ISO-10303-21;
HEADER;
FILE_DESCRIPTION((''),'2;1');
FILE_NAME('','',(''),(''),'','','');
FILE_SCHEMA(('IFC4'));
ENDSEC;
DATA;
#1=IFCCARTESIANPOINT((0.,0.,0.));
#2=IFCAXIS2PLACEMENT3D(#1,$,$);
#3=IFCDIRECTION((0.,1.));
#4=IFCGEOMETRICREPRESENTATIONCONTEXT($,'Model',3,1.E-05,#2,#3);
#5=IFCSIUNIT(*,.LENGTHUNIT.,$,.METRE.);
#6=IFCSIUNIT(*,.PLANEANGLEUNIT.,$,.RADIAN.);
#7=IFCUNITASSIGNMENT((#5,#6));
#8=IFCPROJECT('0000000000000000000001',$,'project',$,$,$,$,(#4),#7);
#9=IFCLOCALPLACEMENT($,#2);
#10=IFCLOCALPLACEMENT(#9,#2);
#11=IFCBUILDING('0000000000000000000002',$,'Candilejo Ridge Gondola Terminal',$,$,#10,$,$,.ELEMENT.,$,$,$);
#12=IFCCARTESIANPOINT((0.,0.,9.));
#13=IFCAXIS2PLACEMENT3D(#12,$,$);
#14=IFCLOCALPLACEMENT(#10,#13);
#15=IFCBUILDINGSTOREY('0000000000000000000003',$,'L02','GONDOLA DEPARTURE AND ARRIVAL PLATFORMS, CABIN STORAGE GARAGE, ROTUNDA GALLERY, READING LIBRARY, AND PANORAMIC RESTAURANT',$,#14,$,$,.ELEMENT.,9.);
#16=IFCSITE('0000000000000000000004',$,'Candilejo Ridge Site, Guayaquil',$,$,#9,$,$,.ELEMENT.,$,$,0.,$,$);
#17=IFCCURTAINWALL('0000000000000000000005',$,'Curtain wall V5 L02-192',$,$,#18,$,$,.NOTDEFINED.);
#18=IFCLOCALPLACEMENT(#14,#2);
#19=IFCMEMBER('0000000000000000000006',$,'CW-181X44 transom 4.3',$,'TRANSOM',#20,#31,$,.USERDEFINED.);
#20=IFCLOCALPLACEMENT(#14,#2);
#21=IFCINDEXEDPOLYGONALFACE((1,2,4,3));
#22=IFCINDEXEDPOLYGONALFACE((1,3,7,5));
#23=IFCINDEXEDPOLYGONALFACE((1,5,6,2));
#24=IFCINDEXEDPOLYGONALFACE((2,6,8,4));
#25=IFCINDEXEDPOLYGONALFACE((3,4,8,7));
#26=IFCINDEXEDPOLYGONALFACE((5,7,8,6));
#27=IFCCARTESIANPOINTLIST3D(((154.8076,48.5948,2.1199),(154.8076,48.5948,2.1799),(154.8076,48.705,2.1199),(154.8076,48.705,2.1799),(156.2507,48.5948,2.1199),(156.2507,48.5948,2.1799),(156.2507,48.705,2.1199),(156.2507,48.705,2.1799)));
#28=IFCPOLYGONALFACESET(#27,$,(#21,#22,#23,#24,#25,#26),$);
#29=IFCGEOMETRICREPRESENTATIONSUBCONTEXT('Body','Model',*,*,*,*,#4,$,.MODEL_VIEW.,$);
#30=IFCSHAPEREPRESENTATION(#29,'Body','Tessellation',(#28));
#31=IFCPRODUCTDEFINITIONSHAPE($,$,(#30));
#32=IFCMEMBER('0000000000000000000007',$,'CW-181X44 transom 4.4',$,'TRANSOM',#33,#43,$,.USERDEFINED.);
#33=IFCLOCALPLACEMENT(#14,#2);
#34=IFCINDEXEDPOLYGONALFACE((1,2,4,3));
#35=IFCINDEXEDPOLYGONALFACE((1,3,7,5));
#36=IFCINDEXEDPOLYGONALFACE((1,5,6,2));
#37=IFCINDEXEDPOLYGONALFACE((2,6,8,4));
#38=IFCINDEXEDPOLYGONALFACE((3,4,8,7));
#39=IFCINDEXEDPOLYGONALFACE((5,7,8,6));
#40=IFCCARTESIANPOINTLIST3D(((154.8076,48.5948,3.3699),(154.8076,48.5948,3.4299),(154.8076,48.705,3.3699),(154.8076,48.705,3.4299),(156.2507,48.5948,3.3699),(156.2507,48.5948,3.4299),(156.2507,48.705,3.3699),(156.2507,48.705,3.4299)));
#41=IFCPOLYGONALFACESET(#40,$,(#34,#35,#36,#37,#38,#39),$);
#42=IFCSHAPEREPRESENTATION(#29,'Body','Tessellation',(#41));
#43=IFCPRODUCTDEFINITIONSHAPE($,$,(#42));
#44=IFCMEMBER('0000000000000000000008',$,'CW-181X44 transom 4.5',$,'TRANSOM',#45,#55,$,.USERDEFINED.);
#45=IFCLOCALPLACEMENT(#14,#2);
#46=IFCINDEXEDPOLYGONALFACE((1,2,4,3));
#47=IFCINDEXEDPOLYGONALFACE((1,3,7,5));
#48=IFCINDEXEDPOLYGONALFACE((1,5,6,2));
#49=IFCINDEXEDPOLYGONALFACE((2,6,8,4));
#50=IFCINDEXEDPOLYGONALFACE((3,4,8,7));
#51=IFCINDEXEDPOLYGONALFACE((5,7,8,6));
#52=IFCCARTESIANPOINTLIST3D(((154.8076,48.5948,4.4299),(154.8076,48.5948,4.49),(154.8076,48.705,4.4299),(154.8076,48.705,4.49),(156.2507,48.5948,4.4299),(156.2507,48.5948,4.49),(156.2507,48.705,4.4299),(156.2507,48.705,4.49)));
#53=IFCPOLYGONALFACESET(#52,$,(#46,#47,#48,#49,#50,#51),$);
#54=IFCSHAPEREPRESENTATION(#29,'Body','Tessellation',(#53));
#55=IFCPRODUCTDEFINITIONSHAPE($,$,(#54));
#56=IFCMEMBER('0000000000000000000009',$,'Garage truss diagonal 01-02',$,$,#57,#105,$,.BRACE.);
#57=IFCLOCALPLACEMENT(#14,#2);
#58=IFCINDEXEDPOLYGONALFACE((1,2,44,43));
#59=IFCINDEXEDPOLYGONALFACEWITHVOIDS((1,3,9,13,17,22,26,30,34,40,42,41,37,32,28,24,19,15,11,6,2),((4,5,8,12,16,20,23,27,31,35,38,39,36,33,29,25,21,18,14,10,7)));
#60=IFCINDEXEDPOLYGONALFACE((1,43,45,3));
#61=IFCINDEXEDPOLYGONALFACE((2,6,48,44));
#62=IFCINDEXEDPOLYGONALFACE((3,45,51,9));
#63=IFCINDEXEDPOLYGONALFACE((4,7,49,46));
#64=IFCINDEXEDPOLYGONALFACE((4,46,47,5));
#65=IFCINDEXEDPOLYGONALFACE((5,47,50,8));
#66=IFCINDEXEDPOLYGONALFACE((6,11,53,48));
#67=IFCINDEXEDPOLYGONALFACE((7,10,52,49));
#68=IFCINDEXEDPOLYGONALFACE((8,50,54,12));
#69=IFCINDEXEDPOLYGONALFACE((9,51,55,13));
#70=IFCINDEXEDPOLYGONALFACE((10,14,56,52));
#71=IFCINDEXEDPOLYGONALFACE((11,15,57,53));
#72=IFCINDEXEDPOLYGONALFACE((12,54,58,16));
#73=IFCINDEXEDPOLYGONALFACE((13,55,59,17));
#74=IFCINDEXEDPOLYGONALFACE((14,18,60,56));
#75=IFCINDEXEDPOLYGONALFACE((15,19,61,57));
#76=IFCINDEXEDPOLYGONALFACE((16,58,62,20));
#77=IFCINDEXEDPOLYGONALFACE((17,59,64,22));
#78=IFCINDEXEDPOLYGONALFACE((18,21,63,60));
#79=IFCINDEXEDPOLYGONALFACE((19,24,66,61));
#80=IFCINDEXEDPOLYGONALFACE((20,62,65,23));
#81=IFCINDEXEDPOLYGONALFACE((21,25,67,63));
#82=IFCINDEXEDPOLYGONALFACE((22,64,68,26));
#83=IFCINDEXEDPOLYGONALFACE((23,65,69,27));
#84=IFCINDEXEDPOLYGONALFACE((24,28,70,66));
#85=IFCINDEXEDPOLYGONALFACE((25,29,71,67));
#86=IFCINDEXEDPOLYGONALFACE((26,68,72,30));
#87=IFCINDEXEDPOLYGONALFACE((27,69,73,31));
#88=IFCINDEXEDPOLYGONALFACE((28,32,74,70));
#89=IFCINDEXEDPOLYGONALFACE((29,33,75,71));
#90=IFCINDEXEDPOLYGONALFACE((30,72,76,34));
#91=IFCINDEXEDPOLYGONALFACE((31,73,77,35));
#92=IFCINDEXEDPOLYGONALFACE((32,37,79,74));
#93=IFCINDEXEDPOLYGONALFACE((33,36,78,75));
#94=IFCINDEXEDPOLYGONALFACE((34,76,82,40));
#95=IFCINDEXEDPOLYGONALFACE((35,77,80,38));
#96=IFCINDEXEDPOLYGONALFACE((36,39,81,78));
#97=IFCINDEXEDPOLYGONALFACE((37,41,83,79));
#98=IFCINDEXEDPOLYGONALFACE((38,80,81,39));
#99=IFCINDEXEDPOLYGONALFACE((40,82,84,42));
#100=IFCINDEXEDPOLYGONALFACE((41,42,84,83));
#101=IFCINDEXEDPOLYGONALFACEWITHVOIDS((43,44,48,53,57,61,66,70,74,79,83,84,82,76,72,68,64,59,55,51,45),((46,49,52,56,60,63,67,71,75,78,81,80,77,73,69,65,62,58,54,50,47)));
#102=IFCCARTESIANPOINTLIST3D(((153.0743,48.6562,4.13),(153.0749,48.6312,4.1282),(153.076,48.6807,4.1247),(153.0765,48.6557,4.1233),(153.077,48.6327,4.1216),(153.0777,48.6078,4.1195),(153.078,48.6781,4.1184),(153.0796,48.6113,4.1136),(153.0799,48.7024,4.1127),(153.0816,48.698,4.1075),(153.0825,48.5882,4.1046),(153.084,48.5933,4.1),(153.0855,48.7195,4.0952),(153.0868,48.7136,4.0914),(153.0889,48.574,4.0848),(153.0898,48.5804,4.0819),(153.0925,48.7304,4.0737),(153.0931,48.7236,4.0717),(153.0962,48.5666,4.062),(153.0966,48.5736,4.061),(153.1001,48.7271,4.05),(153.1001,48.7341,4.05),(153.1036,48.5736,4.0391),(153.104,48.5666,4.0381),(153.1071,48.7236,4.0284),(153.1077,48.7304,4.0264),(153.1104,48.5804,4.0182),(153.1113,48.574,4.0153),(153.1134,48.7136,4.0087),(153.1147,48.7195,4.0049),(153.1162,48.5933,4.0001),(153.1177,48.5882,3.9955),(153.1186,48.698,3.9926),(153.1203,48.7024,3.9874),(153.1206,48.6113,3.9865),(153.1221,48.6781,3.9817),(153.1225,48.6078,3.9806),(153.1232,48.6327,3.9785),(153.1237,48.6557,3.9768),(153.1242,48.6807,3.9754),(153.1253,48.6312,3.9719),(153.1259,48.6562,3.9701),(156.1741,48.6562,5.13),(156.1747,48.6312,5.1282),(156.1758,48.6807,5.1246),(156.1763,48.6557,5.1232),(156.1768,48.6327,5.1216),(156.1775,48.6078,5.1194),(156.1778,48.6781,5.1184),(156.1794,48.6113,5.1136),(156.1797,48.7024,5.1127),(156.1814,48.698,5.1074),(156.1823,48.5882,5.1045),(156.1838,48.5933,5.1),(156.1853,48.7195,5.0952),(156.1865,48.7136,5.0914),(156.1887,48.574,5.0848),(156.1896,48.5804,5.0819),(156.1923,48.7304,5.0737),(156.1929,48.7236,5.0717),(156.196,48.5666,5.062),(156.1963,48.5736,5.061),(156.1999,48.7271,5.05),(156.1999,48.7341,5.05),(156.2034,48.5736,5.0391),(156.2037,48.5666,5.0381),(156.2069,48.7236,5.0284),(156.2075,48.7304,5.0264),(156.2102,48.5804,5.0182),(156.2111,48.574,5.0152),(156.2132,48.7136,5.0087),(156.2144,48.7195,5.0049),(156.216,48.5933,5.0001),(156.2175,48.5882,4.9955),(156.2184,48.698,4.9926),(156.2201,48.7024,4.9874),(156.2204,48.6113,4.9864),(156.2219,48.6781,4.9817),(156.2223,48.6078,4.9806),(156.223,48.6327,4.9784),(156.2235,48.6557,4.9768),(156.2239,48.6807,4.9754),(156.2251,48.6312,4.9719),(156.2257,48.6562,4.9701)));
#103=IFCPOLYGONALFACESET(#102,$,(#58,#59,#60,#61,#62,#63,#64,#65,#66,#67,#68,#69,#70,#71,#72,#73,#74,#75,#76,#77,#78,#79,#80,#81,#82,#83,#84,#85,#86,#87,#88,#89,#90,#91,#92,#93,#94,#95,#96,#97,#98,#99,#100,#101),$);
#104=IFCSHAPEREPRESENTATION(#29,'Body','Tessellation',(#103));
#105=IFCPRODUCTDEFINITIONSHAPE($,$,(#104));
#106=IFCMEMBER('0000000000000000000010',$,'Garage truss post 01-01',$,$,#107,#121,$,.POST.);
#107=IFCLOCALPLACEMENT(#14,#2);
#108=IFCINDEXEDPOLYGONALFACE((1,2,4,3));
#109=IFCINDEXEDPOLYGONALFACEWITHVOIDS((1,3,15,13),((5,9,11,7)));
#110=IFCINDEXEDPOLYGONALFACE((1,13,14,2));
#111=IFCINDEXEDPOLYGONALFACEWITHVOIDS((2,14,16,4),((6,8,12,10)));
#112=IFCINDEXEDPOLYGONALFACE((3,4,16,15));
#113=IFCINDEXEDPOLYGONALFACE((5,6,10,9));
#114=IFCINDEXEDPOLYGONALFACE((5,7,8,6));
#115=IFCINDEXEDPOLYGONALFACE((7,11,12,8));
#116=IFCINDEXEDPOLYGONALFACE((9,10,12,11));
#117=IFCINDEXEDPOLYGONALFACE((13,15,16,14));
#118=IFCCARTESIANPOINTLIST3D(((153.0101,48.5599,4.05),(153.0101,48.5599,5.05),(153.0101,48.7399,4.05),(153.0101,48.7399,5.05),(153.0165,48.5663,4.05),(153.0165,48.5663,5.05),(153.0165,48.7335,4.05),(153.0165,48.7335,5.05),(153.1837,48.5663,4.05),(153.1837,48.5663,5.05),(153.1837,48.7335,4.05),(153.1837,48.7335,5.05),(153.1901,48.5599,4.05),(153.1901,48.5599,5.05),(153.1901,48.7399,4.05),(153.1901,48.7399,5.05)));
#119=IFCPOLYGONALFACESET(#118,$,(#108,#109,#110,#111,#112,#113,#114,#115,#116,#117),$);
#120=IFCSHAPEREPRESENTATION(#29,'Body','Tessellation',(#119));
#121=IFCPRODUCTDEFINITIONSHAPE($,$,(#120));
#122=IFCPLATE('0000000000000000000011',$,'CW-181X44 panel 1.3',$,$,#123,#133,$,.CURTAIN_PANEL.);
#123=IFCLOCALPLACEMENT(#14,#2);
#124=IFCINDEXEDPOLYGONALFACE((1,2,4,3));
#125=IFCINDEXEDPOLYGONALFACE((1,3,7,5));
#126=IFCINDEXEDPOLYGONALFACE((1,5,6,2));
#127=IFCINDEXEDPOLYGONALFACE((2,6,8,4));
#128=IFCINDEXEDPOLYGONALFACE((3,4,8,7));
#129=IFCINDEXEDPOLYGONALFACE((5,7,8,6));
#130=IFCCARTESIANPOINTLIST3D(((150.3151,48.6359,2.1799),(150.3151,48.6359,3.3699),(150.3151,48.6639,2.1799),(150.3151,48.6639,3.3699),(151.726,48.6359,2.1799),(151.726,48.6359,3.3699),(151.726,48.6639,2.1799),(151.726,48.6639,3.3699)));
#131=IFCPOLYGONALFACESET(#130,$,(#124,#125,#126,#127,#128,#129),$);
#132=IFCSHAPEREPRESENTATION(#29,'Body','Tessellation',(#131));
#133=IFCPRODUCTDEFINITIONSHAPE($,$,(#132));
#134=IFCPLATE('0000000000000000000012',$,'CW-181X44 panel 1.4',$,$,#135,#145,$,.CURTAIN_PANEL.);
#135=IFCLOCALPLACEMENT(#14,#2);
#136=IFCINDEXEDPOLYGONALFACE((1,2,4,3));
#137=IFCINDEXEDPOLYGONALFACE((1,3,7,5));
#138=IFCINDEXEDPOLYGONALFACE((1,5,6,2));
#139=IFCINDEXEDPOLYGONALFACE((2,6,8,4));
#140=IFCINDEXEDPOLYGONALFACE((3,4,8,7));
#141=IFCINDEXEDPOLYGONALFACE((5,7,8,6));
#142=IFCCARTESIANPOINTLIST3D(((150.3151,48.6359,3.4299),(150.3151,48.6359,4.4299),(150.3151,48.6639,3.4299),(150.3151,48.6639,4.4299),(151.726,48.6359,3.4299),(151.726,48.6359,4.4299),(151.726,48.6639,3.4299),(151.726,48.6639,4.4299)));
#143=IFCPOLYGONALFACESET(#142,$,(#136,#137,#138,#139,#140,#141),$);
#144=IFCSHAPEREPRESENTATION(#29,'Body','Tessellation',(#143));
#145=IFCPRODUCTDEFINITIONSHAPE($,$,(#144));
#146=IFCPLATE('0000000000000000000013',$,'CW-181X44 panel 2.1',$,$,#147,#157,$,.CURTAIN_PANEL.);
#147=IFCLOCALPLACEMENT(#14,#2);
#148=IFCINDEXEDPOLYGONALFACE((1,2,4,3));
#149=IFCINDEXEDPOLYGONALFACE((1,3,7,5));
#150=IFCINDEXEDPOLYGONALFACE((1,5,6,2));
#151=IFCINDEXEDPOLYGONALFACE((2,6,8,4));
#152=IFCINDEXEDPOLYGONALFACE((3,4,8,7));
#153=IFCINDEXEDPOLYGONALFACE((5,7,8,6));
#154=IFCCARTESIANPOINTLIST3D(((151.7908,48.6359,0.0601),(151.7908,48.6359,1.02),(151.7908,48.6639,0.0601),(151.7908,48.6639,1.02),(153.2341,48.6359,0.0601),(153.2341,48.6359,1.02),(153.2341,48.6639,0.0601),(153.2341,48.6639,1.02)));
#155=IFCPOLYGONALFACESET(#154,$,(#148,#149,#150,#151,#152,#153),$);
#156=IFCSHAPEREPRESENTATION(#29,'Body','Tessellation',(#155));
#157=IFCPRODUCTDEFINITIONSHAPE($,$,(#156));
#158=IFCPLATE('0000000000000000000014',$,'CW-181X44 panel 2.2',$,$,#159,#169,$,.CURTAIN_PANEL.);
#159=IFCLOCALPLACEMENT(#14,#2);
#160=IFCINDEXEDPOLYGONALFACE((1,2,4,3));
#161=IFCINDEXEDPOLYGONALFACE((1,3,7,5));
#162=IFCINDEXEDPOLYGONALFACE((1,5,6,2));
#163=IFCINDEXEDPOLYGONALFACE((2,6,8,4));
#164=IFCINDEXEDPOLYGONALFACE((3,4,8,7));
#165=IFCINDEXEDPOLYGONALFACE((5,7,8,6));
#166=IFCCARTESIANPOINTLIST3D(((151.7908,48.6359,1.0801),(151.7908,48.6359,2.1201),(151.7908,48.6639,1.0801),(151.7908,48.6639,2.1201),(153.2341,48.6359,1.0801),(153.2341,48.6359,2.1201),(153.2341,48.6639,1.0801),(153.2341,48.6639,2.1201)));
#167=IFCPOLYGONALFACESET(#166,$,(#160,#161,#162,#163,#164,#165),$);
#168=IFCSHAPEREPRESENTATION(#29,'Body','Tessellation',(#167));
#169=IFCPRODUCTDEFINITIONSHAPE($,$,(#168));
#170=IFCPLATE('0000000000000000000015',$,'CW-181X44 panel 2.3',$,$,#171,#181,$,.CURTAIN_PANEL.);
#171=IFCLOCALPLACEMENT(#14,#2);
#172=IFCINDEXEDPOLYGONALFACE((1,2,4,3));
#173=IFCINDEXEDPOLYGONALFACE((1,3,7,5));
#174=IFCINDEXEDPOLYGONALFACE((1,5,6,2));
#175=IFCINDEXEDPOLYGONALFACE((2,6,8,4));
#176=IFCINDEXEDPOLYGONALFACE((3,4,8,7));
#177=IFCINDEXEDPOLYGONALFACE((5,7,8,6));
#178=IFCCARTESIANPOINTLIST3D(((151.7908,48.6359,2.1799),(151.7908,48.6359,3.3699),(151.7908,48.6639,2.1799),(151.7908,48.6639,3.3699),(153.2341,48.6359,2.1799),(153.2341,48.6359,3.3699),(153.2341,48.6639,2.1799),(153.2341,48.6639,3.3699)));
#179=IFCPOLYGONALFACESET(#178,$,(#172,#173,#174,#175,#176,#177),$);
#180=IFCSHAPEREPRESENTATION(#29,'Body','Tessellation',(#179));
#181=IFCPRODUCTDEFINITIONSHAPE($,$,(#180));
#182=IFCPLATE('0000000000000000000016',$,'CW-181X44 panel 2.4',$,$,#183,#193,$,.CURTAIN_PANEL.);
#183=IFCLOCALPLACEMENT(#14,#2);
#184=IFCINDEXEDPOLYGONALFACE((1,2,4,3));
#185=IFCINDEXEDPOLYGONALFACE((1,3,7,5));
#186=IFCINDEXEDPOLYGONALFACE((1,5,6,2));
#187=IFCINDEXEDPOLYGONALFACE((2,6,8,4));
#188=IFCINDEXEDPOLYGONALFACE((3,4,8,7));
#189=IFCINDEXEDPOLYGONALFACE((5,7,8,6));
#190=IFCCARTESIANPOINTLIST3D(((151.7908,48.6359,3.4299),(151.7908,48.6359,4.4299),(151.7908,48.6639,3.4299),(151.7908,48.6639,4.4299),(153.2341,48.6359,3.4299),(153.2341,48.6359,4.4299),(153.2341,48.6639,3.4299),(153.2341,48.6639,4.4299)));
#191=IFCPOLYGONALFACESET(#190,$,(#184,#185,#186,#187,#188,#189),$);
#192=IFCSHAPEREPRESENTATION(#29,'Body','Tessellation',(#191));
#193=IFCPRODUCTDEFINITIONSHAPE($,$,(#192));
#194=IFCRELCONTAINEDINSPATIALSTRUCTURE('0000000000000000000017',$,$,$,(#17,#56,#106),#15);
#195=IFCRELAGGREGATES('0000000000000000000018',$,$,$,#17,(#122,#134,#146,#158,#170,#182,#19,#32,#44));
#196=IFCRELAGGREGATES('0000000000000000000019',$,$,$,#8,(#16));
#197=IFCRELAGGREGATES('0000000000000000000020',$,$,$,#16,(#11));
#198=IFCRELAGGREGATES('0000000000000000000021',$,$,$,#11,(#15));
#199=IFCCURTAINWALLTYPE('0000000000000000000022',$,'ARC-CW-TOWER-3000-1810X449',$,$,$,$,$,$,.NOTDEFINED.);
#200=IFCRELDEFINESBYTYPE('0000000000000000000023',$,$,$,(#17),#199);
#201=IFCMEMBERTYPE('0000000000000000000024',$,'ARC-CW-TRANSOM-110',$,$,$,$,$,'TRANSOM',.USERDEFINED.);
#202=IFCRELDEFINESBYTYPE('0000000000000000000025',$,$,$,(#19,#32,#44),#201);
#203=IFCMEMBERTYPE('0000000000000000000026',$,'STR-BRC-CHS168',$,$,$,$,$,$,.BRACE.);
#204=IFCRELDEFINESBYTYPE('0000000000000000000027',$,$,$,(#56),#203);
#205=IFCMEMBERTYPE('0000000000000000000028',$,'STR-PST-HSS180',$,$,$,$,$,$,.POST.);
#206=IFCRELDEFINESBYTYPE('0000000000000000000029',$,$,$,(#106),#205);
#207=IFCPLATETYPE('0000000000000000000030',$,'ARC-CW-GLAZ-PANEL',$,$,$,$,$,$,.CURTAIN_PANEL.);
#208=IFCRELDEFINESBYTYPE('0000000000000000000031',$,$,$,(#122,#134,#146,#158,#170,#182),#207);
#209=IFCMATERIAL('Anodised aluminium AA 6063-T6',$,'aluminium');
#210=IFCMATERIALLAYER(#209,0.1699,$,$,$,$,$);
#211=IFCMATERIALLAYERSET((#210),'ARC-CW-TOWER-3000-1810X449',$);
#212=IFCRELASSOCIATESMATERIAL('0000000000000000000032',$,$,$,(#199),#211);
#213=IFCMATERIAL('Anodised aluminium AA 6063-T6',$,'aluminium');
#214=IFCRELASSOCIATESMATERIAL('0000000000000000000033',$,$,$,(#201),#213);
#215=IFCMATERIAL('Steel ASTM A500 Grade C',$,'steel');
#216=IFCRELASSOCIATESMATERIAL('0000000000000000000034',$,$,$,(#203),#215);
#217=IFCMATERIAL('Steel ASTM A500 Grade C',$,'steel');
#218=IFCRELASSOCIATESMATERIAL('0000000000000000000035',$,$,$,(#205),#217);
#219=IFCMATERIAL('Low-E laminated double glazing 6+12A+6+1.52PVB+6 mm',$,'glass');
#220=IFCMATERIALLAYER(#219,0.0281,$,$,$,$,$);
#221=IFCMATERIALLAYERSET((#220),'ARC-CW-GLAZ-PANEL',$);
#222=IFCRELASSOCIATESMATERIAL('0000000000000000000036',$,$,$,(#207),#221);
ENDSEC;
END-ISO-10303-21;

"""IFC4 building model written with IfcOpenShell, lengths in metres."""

from ifc_helpers import new_model, si_unit, direction, frame, origin, origin_2d, place, context, subcontext, project, spatial, rectangle, hollow_rectangle, hollow_circle, extrude, material, layer, layer_set, material_profile, profile_set, type_object, element, aggregate, save


model = new_model("IFC4")

# Units and contexts
model_context = context("Model", 3, precision=1e-05, world=origin(), true_north=direction((0.0, 1.0)))
body_context = subcontext(model_context, "Body", "Model", "MODEL_VIEW")
ifc_project = project(units=[si_unit("LENGTHUNIT", "METRE"), si_unit("PLANEANGLEUNIT", "RADIAN")], contexts=[model_context])

# Site, building, storey
site_placement = place(None, origin())
site = spatial("IfcSite", under=ifc_project, at=site_placement, Name="Candilejo Ridge Site, Guayaquil", CompositionType="ELEMENT", RefElevation=0.0)
building_placement = place(site_placement, origin())
building = spatial("IfcBuilding", under=site, at=building_placement, Name="Candilejo Ridge Gondola Terminal", CompositionType="ELEMENT")
storey_placement = place(building_placement, frame((0.0, 0.0, 9.0)))
storey = spatial("IfcBuildingStorey", under=building, at=storey_placement, Name="L02", Description="GONDOLA DEPARTURE AND ARRIVAL PLATFORMS, CABIN STORAGE GARAGE, ROTUNDA GALLERY, READING LIBRARY, AND PANORAMIC RESTAURANT", CompositionType="ELEMENT", Elevation=9.0)

# Curtain wall, members
ifc_material_1 = material(Name="Anodised aluminium AA 6063-T6", Category="aluminium")
ifc_layer_1 = layer(ifc_material_1, 0.1699)
ifc_layer_set_1 = layer_set([ifc_layer_1], Name="ARC-CW-TOWER-3000-1810X449")
curtain_wall_type = type_object("IfcCurtainWallType", Name="ARC-CW-TOWER-3000-1810X449", PredefinedType="NOTDEFINED", material=ifc_layer_set_1)
curtain_wall_placement = place(storey_placement, origin())
curtain_wall = element("IfcCurtainWall", 1, at=curtain_wall_placement, inside=storey, type_object=curtain_wall_type, Name="Curtain wall V5 L02-192", PredefinedType="NOTDEFINED")
ifc_material_2 = material(Name="Anodised aluminium AA 6063-T6", Category="aluminium")
ifc_material_profile_1 = material_profile(ifc_material_2, rectangle(XDim=0.1101, YDim=0.0601, at=origin_2d()))
ifc_profile_set_1 = profile_set([ifc_material_profile_1], Name="Anodised aluminium AA 6063-T6")
member_type_1 = type_object("IfcMemberType", Name="ARC-CW-TRANSOM-110", ElementType="TRANSOM", PredefinedType="USERDEFINED", material=ifc_profile_set_1)
member_1_placement = place(storey_placement, frame((154.8076, 48.6499, 2.1499), z_axis=(1.0, 0.0, 0.0), x_axis=(0.0, 1.0, 0.0)))
member_1 = element("IfcMember", 2, at=member_1_placement, type_object=member_type_1, Name="CW-181X44 transom 4.3", ObjectType="TRANSOM", PredefinedType="USERDEFINED", context=body_context, shape_type="SweptSolid", body=[
    extrude(rectangle(XDim=0.1101, YDim=0.0601, at=origin_2d()), origin(), (0.0, 0.0, 1.0), 1.4431),
])
member_2_placement = place(storey_placement, frame((154.8076, 48.6499, 3.3999), z_axis=(1.0, 0.0, 0.0), x_axis=(0.0, 1.0, 0.0)))
member_2 = element("IfcMember", 3, at=member_2_placement, type_object=member_type_1, Name="CW-181X44 transom 4.4", ObjectType="TRANSOM", PredefinedType="USERDEFINED", context=body_context, shape_type="SweptSolid", body=[
    extrude(rectangle(XDim=0.1101, YDim=0.0601, at=origin_2d()), origin(), (0.0, 0.0, 1.0), 1.4431),
])
member_3_placement = place(storey_placement, frame((154.8076, 48.6499, 4.46), z_axis=(1.0, 0.0, 0.0), x_axis=(0.0, 1.0, 0.0)))
member_3 = element("IfcMember", 4, at=member_3_placement, type_object=member_type_1, Name="CW-181X44 transom 4.5", ObjectType="TRANSOM", PredefinedType="USERDEFINED", context=body_context, shape_type="SweptSolid", body=[
    extrude(rectangle(XDim=0.1101, YDim=0.0601, at=origin_2d()), origin(), (0.0, 0.0, 1.0), 1.4431),
])

# Members
ifc_material_3 = material(Name="Steel ASTM A500 Grade C", Category="steel")
ifc_material_profile_2 = material_profile(ifc_material_3, hollow_circle(Radius=0.0842, WallThickness=0.0071, at=origin_2d()))
ifc_profile_set_2 = profile_set([ifc_material_profile_2], Name="Steel ASTM A500 Grade C")
member_type_2 = type_object("IfcMemberType", Name="STR-BRC-CHS168", PredefinedType="BRACE", material=ifc_profile_set_2)
member_4_placement = place(storey_placement, frame((153.1001, 48.6499, 4.05), z_axis=(0.951704, 0.0, 0.307016), x_axis=(0.0, 1.0, 0.0)))
element("IfcMember", 5, at=member_4_placement, inside=storey, type_object=member_type_2, Name="Garage truss diagonal 01-02", PredefinedType="BRACE", context=body_context, shape_type="SweptSolid", body=[
    extrude(hollow_circle(Radius=0.0842, WallThickness=0.0071, at=origin_2d()), origin(), (0.0, 0.0, 1.0), 3.2571),
])
ifc_material_4 = material(Name="Steel ASTM A500 Grade C", Category="steel")
ifc_material_profile_3 = material_profile(ifc_material_4, hollow_rectangle(XDim=0.1799, YDim=0.1799, WallThickness=0.0063, at=origin_2d()))
ifc_profile_set_3 = profile_set([ifc_material_profile_3], Name="Steel ASTM A500 Grade C")
member_type_3 = type_object("IfcMemberType", Name="STR-PST-HSS180", PredefinedType="POST", material=ifc_profile_set_3)
member_5_placement = place(storey_placement, frame((153.1001, 48.6499, 4.05), z_axis=(0.0, 0.0, 1.0), x_axis=(1.0, 0.0, 0.0)))
element("IfcMember", 6, at=member_5_placement, inside=storey, type_object=member_type_3, Name="Garage truss post 01-01", PredefinedType="POST", context=body_context, shape_type="SweptSolid", body=[
    extrude(hollow_rectangle(XDim=0.1799, YDim=0.1799, WallThickness=0.0063, at=origin_2d()), origin(), (0.0, 0.0, 1.0), 1.0),
])

# Plates
ifc_material_5 = material(Name="Low-E laminated double glazing 6+12A+6+1.52PVB+6 mm", Category="glass")
ifc_layer_2 = layer(ifc_material_5, 0.0281)
ifc_layer_set_2 = layer_set([ifc_layer_2], Name="ARC-CW-GLAZ-PANEL")
plate_type_1 = type_object("IfcPlateType", Name="ARC-CW-GLAZ-PANEL", PredefinedType="CURTAIN_PANEL", material=ifc_layer_set_2)
plate_1_placement = place(storey_placement, frame((151.0205, 48.6499, 2.1799), z_axis=(0.0, 0.0, 1.0), x_axis=(1.0, 0.0, 0.0)))
plate_1 = element("IfcPlate", 7, at=plate_1_placement, type_object=plate_type_1, Name="CW-181X44 panel 1.3", PredefinedType="CURTAIN_PANEL", context=body_context, shape_type="SweptSolid", body=[
    extrude(rectangle(XDim=1.4109, YDim=0.0281, at=origin_2d()), origin(), (0.0, 0.0, 1.0), 1.1899),
])
plate_2_placement = place(storey_placement, frame((151.0205, 48.6499, 3.4299), z_axis=(0.0, 0.0, 1.0), x_axis=(1.0, 0.0, 0.0)))
plate_2 = element("IfcPlate", 8, at=plate_2_placement, type_object=plate_type_1, Name="CW-181X44 panel 1.4", PredefinedType="CURTAIN_PANEL", context=body_context, shape_type="SweptSolid", body=[
    extrude(rectangle(XDim=1.4109, YDim=0.0281, at=origin_2d()), origin(), (0.0, 0.0, 1.0), 1.0),
])
plate_3_placement = place(storey_placement, frame((152.5125, 48.6499, 0.0601), z_axis=(0.0, 0.0, 1.0), x_axis=(1.0, 0.0, 0.0)))
plate_3 = element("IfcPlate", 9, at=plate_3_placement, type_object=plate_type_1, Name="CW-181X44 panel 2.1", PredefinedType="CURTAIN_PANEL", context=body_context, shape_type="SweptSolid", body=[
    extrude(rectangle(XDim=1.4434, YDim=0.0281, at=origin_2d()), origin(), (0.0, 0.0, 1.0), 0.96),
])
plate_4_placement = place(storey_placement, frame((152.5125, 48.6499, 1.0801), z_axis=(0.0, 0.0, 1.0), x_axis=(1.0, 0.0, 0.0)))
plate_4 = element("IfcPlate", 10, at=plate_4_placement, type_object=plate_type_1, Name="CW-181X44 panel 2.2", PredefinedType="CURTAIN_PANEL", context=body_context, shape_type="SweptSolid", body=[
    extrude(rectangle(XDim=1.4434, YDim=0.0281, at=origin_2d()), origin(), (0.0, 0.0, 1.0), 1.04),
])
plate_5_placement = place(storey_placement, frame((152.5125, 48.6499, 2.1799), z_axis=(0.0, 0.0, 1.0), x_axis=(1.0, 0.0, 0.0)))
plate_5 = element("IfcPlate", 11, at=plate_5_placement, type_object=plate_type_1, Name="CW-181X44 panel 2.3", PredefinedType="CURTAIN_PANEL", context=body_context, shape_type="SweptSolid", body=[
    extrude(rectangle(XDim=1.4434, YDim=0.0281, at=origin_2d()), origin(), (0.0, 0.0, 1.0), 1.1899),
])
plate_6_placement = place(storey_placement, frame((152.5125, 48.6499, 3.4299), z_axis=(0.0, 0.0, 1.0), x_axis=(1.0, 0.0, 0.0)))
plate_6 = element("IfcPlate", 12, at=plate_6_placement, type_object=plate_type_1, Name="CW-181X44 panel 2.4", PredefinedType="CURTAIN_PANEL", context=body_context, shape_type="SweptSolid", body=[
    extrude(rectangle(XDim=1.4434, YDim=0.0281, at=origin_2d()), origin(), (0.0, 0.0, 1.0), 1.0),
])
aggregate(curtain_wall, [plate_1, plate_2, plate_3, plate_4, plate_5, plate_6, member_1, member_2, member_3])

save(model, "model.ifc")
